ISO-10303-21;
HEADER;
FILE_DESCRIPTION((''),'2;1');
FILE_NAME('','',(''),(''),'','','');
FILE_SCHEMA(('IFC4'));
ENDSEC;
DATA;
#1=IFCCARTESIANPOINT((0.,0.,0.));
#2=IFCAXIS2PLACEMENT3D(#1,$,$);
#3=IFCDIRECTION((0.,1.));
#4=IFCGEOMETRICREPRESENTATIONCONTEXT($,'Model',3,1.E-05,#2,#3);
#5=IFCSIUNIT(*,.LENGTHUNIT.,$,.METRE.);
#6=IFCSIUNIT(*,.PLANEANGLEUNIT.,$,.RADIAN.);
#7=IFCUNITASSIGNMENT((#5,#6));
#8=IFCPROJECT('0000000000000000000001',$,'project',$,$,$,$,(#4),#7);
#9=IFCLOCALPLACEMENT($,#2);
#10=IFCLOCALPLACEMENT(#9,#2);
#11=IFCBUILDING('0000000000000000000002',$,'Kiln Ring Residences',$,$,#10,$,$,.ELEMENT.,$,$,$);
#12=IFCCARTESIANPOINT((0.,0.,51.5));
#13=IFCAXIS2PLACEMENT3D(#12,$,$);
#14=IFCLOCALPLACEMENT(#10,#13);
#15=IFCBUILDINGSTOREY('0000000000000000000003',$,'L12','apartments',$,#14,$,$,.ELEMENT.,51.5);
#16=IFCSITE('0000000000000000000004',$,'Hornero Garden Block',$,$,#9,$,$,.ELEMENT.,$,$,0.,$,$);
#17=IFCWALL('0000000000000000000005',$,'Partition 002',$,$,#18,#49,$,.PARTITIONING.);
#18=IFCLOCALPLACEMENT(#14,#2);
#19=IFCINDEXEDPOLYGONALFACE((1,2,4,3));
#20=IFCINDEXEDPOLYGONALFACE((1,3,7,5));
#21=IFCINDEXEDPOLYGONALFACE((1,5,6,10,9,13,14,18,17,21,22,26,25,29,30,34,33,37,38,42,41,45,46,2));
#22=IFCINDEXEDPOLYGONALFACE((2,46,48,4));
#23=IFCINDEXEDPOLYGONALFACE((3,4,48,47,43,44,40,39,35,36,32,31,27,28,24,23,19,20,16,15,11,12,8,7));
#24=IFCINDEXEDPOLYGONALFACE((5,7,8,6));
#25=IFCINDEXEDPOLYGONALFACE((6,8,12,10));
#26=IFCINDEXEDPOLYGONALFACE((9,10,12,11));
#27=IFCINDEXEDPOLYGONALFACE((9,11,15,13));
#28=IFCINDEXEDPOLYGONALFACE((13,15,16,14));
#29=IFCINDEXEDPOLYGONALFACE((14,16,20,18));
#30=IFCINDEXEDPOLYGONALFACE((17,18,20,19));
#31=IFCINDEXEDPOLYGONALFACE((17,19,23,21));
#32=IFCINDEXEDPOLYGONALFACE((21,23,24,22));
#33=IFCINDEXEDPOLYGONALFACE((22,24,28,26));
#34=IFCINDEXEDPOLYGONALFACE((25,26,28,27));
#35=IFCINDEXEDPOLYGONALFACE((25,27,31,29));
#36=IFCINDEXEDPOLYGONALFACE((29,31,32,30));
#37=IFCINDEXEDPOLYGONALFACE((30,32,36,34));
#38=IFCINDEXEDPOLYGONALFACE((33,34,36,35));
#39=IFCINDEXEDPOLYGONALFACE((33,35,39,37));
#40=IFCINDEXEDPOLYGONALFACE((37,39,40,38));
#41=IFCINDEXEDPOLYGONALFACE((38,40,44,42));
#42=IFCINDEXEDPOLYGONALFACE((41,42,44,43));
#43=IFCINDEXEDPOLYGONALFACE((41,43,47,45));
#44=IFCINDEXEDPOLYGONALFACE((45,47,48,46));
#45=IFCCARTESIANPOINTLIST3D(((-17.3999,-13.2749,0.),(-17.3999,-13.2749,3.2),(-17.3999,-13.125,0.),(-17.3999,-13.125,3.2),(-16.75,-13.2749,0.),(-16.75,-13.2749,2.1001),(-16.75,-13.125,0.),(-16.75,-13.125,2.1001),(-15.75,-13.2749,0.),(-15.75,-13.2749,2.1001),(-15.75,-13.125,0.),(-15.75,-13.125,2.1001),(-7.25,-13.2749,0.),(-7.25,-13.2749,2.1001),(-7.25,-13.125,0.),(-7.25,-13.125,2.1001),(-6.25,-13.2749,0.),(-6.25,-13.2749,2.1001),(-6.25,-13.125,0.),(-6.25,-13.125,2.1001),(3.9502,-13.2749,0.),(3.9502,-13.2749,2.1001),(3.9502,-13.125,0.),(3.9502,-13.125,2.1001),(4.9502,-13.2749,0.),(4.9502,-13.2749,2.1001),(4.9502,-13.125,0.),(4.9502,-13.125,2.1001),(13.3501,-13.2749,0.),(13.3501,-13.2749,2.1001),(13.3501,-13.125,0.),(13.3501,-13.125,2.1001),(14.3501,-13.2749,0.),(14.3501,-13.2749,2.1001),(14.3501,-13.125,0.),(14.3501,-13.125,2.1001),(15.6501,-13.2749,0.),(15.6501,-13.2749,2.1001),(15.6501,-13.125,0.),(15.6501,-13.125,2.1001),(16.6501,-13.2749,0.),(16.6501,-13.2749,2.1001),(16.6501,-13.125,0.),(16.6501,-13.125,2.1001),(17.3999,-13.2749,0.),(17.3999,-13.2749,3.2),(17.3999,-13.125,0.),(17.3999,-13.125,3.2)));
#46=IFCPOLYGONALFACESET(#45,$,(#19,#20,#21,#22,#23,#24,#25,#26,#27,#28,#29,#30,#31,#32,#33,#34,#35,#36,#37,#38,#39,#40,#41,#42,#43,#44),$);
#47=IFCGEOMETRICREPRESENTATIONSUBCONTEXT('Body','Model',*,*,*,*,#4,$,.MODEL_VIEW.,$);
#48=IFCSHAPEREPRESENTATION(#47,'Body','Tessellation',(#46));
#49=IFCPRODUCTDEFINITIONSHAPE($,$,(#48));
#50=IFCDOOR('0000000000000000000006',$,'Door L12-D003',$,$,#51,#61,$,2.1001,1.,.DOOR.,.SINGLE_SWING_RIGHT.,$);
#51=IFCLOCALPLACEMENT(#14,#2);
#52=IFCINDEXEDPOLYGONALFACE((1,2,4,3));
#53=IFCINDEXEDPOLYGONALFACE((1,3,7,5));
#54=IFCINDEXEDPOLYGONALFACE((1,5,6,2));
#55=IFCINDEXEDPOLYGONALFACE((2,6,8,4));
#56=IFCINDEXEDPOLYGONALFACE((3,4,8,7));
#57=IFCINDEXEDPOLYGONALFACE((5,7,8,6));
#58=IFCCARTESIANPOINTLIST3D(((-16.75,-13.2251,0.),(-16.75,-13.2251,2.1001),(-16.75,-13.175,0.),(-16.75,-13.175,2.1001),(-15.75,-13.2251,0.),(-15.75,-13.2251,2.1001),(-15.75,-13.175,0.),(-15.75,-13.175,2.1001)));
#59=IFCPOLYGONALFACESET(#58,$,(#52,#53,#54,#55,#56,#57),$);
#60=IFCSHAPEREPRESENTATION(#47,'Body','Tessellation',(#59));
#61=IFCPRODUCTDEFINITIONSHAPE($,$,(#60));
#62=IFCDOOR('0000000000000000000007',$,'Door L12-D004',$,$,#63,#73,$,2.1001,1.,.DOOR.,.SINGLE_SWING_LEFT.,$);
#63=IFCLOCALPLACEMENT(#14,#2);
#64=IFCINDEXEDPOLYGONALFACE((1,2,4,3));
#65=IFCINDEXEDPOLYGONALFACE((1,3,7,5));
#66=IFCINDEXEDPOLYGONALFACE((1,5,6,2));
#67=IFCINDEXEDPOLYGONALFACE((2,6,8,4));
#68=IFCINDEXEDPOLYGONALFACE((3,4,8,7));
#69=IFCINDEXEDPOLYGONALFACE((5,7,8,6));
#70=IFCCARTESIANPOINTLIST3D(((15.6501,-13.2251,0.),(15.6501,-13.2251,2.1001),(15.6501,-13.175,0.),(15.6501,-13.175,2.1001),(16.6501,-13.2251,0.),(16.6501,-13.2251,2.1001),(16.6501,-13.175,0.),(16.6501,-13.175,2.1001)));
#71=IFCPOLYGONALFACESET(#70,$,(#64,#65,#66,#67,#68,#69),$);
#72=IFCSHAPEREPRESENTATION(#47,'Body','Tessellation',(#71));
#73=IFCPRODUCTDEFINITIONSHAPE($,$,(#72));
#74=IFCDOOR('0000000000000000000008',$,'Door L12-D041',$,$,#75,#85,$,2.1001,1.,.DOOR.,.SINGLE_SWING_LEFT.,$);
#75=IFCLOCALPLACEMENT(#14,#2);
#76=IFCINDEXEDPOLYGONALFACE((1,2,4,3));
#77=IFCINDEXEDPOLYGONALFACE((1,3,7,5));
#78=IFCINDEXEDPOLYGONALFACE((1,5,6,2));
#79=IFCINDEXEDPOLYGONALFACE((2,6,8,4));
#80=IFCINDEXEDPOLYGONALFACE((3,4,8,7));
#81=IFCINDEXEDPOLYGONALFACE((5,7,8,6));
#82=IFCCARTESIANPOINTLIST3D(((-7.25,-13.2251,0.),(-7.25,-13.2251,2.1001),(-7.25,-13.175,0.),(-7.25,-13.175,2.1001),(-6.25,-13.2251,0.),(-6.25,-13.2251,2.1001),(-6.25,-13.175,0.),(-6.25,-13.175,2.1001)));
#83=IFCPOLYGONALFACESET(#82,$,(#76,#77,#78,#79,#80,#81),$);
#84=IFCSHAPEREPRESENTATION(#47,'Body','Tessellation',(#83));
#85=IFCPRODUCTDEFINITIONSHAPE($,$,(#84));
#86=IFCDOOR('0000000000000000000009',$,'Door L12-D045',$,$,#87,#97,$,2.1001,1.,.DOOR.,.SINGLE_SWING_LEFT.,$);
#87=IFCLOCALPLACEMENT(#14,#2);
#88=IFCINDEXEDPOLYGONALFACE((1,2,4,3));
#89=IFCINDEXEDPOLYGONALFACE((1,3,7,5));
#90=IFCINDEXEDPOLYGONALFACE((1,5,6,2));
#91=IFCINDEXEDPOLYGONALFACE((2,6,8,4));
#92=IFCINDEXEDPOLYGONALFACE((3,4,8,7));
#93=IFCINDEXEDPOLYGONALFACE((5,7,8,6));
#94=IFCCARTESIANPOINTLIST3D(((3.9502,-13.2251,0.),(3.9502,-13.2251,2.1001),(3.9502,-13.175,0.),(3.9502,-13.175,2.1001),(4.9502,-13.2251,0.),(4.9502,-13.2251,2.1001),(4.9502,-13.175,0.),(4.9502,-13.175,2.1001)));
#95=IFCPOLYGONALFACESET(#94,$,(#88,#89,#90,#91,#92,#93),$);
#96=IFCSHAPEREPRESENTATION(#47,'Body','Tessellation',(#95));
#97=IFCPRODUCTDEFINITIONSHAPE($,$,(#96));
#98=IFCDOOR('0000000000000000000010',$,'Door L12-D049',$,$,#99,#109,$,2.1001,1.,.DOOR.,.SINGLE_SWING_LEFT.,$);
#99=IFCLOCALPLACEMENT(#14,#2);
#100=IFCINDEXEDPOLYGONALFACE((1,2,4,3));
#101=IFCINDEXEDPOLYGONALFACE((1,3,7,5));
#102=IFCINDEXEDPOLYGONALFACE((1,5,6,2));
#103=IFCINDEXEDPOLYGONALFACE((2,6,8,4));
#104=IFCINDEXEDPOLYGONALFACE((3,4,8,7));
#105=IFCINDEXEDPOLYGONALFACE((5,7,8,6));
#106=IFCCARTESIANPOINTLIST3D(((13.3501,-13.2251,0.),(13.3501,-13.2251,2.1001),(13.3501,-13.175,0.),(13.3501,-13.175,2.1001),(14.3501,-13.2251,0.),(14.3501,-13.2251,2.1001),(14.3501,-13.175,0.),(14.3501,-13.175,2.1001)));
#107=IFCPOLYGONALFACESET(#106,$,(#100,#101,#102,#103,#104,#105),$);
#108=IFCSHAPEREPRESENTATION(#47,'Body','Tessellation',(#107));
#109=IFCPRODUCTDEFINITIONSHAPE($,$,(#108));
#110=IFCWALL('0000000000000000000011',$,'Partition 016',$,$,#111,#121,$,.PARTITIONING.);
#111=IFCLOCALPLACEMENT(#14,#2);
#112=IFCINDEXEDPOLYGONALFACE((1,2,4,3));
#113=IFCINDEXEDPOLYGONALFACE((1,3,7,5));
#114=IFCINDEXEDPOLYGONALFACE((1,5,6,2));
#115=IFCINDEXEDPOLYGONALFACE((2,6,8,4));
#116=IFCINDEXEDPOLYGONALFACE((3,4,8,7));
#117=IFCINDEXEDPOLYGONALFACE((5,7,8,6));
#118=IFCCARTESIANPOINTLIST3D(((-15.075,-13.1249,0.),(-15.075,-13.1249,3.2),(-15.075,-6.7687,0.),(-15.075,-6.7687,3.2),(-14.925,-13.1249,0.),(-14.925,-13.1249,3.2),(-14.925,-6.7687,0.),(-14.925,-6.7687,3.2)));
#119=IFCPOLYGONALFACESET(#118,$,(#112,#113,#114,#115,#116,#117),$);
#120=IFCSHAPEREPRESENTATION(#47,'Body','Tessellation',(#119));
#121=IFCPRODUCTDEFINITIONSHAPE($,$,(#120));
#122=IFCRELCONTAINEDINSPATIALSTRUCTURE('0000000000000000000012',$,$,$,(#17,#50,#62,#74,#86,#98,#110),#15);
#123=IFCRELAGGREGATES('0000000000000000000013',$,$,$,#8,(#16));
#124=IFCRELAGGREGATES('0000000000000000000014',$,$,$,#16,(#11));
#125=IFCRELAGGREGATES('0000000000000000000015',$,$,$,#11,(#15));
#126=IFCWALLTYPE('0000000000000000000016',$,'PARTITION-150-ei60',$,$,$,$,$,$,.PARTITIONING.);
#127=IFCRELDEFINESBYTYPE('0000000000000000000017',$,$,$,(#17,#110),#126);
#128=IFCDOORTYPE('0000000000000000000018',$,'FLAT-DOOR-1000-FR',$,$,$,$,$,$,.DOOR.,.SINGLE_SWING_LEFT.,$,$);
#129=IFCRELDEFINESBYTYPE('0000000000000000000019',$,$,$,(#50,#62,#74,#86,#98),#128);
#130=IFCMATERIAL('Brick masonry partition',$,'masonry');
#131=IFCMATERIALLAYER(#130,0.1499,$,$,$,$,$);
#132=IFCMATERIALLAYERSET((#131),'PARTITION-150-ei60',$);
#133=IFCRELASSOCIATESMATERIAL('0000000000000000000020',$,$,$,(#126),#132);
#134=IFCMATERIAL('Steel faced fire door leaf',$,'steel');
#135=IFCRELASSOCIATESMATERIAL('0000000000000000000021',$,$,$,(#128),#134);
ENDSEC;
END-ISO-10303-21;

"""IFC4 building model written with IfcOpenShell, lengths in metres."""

from ifc_helpers import new_model, si_unit, direction, frame, frame_2d, origin, place, context, subcontext, project, spatial, rectangle, extrude, material, layer, layer_set, type_object, element, fill, save


model = new_model("IFC4")

# Units and contexts
model_context = context("Model", 3, precision=1e-05, world=origin(), true_north=direction((0.0, 1.0)))
body_context = subcontext(model_context, "Body", "Model", "MODEL_VIEW")
ifc_project = project(units=[si_unit("LENGTHUNIT", "METRE"), si_unit("PLANEANGLEUNIT", "RADIAN")], contexts=[model_context])

# Site, building, storey
site_placement = place(None, origin())
site = spatial("IfcSite", under=ifc_project, at=site_placement, Name="Hornero Garden Block", CompositionType="ELEMENT", RefElevation=0.0)
building_placement = place(site_placement, origin())
building = spatial("IfcBuilding", under=site, at=building_placement, Name="Kiln Ring Residences", CompositionType="ELEMENT")
storey_placement = place(building_placement, frame((0.0, 0.0, 51.5)))
storey = spatial("IfcBuildingStorey", under=building, at=storey_placement, Name="L12", Description="apartments", CompositionType="ELEMENT", Elevation=51.5)

# Wall, openings, doors
ifc_material_1 = material(Name="Brick masonry partition", Category="masonry")
ifc_layer = layer(ifc_material_1, 0.1499)
ifc_layer_set = layer_set([ifc_layer], Name="PARTITION-150-ei60")
wall_type = type_object("IfcWallType", Name="PARTITION-150-ei60", PredefinedType="PARTITIONING", material=ifc_layer_set)
wall_1_placement = place(storey_placement, frame((-17.3999, -13.2, 0.0), z_axis=(0.0, 0.0, 1.0), x_axis=(1.0, 0.0, 0.0)))
wall_1 = element("IfcWall", 1, at=wall_1_placement, inside=storey, type_object=wall_type, Name="Partition 002", PredefinedType="PARTITIONING", context=body_context, shape_type="SweptSolid", body=[
    extrude(rectangle(XDim=34.7998, YDim=0.1499, at=frame_2d((17.3999, 0.0))), origin(), (0.0, 0.0, 1.0), 3.2),
])
opening_1_placement = place(wall_1_placement, frame((0.6499, 0.0, 0.0)))
opening_1 = element("IfcOpeningElement", 2, at=opening_1_placement, cuts=wall_1, PredefinedType="OPENING", context=body_context, shape_type="SweptSolid", body=[
    extrude(rectangle(XDim=1.0, YDim=2.1001, at=frame_2d((0.5, 1.05))), frame((0.0, 0.085, 0.0), z_axis=(0.0, -1.0, 0.0), x_axis=(1.0, 0.0, 0.0)), (0.0, 0.0, 1.0), 0.1699),
])
opening_2_placement = place(wall_1_placement, frame((33.05, 0.0, 0.0)))
opening_2 = element("IfcOpeningElement", 3, at=opening_2_placement, cuts=wall_1, PredefinedType="OPENING", context=body_context, shape_type="SweptSolid", body=[
    extrude(rectangle(XDim=1.0, YDim=2.1001, at=frame_2d((0.5, 1.05))), frame((0.0, 0.085, 0.0), z_axis=(0.0, -1.0, 0.0), x_axis=(1.0, 0.0, 0.0)), (0.0, 0.0, 1.0), 0.1699),
])
opening_3_placement = place(wall_1_placement, frame((10.1499, 0.0, 0.0)))
opening_3 = element("IfcOpeningElement", 4, at=opening_3_placement, cuts=wall_1, PredefinedType="OPENING", context=body_context, shape_type="SweptSolid", body=[
    extrude(rectangle(XDim=1.0, YDim=2.1001, at=frame_2d((0.5, 1.05))), frame((0.0, 0.085, 0.0), z_axis=(0.0, -1.0, 0.0), x_axis=(1.0, 0.0, 0.0)), (0.0, 0.0, 1.0), 0.1699),
])
opening_4_placement = place(wall_1_placement, frame((21.3501, 0.0, 0.0)))
opening_4 = element("IfcOpeningElement", 5, at=opening_4_placement, cuts=wall_1, PredefinedType="OPENING", context=body_context, shape_type="SweptSolid", body=[
    extrude(rectangle(XDim=1.0, YDim=2.1001, at=frame_2d((0.5, 1.05))), frame((0.0, 0.085, 0.0), z_axis=(0.0, -1.0, 0.0), x_axis=(1.0, 0.0, 0.0)), (0.0, 0.0, 1.0), 0.1699),
])
opening_5_placement = place(wall_1_placement, frame((30.75, 0.0, 0.0)))
opening_5 = element("IfcOpeningElement", 6, at=opening_5_placement, cuts=wall_1, PredefinedType="OPENING", context=body_context, shape_type="SweptSolid", body=[
    extrude(rectangle(XDim=1.0, YDim=2.1001, at=frame_2d((0.5, 1.05))), frame((0.0, 0.085, 0.0), z_axis=(0.0, -1.0, 0.0), x_axis=(1.0, 0.0, 0.0)), (0.0, 0.0, 1.0), 0.1699),
])
ifc_material_2 = material(Name="Steel faced fire door leaf", Category="steel")
door_type = type_object("IfcDoorType", Name="FLAT-DOOR-1000-FR", OperationType="SINGLE_SWING_LEFT", PredefinedType="DOOR", material=ifc_material_2)
door_1_placement = place(opening_1_placement, origin())
door_1 = element("IfcDoor", 7, at=door_1_placement, inside=storey, type_object=door_type, Name="Door L12-D003", OperationType="SINGLE_SWING_RIGHT", OverallHeight=2.1001, OverallWidth=1.0, PredefinedType="DOOR", context=body_context, shape_type="SweptSolid", body=[
    extrude(rectangle(XDim=1.0, YDim=2.1001, at=frame_2d((0.5, 1.05))), frame((0.0, 0.0249, 0.0), z_axis=(0.0, -1.0, 0.0), x_axis=(1.0, 0.0, 0.0)), (0.0, 0.0, 1.0), 0.05),
])
fill(opening_1, door_1)
door_2_placement = place(opening_2_placement, origin())
door_2 = element("IfcDoor", 8, at=door_2_placement, inside=storey, type_object=door_type, Name="Door L12-D004", OperationType="SINGLE_SWING_LEFT", OverallHeight=2.1001, OverallWidth=1.0, PredefinedType="DOOR", context=body_context, shape_type="SweptSolid", body=[
    extrude(rectangle(XDim=1.0, YDim=2.1001, at=frame_2d((0.5, 1.05))), frame((0.0, 0.0249, 0.0), z_axis=(0.0, -1.0, 0.0), x_axis=(1.0, 0.0, 0.0)), (0.0, 0.0, 1.0), 0.05),
])
fill(opening_2, door_2)
door_3_placement = place(opening_3_placement, origin())
door_3 = element("IfcDoor", 9, at=door_3_placement, inside=storey, type_object=door_type, Name="Door L12-D041", OperationType="SINGLE_SWING_LEFT", OverallHeight=2.1001, OverallWidth=1.0, PredefinedType="DOOR", context=body_context, shape_type="SweptSolid", body=[
    extrude(rectangle(XDim=1.0, YDim=2.1001, at=frame_2d((0.5, 1.05))), frame((0.0, 0.0249, 0.0), z_axis=(0.0, -1.0, 0.0), x_axis=(1.0, 0.0, 0.0)), (0.0, 0.0, 1.0), 0.05),
])
fill(opening_3, door_3)
door_4_placement = place(opening_4_placement, origin())
door_4 = element("IfcDoor", 10, at=door_4_placement, inside=storey, type_object=door_type, Name="Door L12-D045", OperationType="SINGLE_SWING_LEFT", OverallHeight=2.1001, OverallWidth=1.0, PredefinedType="DOOR", context=body_context, shape_type="SweptSolid", body=[
    extrude(rectangle(XDim=1.0, YDim=2.1001, at=frame_2d((0.5, 1.05))), frame((0.0, 0.0249, 0.0), z_axis=(0.0, -1.0, 0.0), x_axis=(1.0, 0.0, 0.0)), (0.0, 0.0, 1.0), 0.05),
])
fill(opening_4, door_4)
door_5_placement = place(opening_5_placement, origin())
door_5 = element("IfcDoor", 11, at=door_5_placement, inside=storey, type_object=door_type, Name="Door L12-D049", OperationType="SINGLE_SWING_LEFT", OverallHeight=2.1001, OverallWidth=1.0, PredefinedType="DOOR", context=body_context, shape_type="SweptSolid", body=[
    extrude(rectangle(XDim=1.0, YDim=2.1001, at=frame_2d((0.5, 1.05))), frame((0.0, 0.0249, 0.0), z_axis=(0.0, -1.0, 0.0), x_axis=(1.0, 0.0, 0.0)), (0.0, 0.0, 1.0), 0.05),
])
fill(opening_5, door_5)

# Wall
wall_2_placement = place(storey_placement, frame((-15.0, -13.125, 0.0), z_axis=(0.0, 0.0, 1.0), x_axis=(0.0, 1.0, 0.0)))
element("IfcWall", 12, at=wall_2_placement, inside=storey, type_object=wall_type, Name="Partition 016", PredefinedType="PARTITIONING", context=body_context, shape_type="SweptSolid", body=[
    extrude(rectangle(XDim=6.3562, YDim=0.1499, at=frame_2d((3.1782, 0.0))), origin(), (0.0, 0.0, 1.0), 3.2),
])

save(model, "model.ifc")
